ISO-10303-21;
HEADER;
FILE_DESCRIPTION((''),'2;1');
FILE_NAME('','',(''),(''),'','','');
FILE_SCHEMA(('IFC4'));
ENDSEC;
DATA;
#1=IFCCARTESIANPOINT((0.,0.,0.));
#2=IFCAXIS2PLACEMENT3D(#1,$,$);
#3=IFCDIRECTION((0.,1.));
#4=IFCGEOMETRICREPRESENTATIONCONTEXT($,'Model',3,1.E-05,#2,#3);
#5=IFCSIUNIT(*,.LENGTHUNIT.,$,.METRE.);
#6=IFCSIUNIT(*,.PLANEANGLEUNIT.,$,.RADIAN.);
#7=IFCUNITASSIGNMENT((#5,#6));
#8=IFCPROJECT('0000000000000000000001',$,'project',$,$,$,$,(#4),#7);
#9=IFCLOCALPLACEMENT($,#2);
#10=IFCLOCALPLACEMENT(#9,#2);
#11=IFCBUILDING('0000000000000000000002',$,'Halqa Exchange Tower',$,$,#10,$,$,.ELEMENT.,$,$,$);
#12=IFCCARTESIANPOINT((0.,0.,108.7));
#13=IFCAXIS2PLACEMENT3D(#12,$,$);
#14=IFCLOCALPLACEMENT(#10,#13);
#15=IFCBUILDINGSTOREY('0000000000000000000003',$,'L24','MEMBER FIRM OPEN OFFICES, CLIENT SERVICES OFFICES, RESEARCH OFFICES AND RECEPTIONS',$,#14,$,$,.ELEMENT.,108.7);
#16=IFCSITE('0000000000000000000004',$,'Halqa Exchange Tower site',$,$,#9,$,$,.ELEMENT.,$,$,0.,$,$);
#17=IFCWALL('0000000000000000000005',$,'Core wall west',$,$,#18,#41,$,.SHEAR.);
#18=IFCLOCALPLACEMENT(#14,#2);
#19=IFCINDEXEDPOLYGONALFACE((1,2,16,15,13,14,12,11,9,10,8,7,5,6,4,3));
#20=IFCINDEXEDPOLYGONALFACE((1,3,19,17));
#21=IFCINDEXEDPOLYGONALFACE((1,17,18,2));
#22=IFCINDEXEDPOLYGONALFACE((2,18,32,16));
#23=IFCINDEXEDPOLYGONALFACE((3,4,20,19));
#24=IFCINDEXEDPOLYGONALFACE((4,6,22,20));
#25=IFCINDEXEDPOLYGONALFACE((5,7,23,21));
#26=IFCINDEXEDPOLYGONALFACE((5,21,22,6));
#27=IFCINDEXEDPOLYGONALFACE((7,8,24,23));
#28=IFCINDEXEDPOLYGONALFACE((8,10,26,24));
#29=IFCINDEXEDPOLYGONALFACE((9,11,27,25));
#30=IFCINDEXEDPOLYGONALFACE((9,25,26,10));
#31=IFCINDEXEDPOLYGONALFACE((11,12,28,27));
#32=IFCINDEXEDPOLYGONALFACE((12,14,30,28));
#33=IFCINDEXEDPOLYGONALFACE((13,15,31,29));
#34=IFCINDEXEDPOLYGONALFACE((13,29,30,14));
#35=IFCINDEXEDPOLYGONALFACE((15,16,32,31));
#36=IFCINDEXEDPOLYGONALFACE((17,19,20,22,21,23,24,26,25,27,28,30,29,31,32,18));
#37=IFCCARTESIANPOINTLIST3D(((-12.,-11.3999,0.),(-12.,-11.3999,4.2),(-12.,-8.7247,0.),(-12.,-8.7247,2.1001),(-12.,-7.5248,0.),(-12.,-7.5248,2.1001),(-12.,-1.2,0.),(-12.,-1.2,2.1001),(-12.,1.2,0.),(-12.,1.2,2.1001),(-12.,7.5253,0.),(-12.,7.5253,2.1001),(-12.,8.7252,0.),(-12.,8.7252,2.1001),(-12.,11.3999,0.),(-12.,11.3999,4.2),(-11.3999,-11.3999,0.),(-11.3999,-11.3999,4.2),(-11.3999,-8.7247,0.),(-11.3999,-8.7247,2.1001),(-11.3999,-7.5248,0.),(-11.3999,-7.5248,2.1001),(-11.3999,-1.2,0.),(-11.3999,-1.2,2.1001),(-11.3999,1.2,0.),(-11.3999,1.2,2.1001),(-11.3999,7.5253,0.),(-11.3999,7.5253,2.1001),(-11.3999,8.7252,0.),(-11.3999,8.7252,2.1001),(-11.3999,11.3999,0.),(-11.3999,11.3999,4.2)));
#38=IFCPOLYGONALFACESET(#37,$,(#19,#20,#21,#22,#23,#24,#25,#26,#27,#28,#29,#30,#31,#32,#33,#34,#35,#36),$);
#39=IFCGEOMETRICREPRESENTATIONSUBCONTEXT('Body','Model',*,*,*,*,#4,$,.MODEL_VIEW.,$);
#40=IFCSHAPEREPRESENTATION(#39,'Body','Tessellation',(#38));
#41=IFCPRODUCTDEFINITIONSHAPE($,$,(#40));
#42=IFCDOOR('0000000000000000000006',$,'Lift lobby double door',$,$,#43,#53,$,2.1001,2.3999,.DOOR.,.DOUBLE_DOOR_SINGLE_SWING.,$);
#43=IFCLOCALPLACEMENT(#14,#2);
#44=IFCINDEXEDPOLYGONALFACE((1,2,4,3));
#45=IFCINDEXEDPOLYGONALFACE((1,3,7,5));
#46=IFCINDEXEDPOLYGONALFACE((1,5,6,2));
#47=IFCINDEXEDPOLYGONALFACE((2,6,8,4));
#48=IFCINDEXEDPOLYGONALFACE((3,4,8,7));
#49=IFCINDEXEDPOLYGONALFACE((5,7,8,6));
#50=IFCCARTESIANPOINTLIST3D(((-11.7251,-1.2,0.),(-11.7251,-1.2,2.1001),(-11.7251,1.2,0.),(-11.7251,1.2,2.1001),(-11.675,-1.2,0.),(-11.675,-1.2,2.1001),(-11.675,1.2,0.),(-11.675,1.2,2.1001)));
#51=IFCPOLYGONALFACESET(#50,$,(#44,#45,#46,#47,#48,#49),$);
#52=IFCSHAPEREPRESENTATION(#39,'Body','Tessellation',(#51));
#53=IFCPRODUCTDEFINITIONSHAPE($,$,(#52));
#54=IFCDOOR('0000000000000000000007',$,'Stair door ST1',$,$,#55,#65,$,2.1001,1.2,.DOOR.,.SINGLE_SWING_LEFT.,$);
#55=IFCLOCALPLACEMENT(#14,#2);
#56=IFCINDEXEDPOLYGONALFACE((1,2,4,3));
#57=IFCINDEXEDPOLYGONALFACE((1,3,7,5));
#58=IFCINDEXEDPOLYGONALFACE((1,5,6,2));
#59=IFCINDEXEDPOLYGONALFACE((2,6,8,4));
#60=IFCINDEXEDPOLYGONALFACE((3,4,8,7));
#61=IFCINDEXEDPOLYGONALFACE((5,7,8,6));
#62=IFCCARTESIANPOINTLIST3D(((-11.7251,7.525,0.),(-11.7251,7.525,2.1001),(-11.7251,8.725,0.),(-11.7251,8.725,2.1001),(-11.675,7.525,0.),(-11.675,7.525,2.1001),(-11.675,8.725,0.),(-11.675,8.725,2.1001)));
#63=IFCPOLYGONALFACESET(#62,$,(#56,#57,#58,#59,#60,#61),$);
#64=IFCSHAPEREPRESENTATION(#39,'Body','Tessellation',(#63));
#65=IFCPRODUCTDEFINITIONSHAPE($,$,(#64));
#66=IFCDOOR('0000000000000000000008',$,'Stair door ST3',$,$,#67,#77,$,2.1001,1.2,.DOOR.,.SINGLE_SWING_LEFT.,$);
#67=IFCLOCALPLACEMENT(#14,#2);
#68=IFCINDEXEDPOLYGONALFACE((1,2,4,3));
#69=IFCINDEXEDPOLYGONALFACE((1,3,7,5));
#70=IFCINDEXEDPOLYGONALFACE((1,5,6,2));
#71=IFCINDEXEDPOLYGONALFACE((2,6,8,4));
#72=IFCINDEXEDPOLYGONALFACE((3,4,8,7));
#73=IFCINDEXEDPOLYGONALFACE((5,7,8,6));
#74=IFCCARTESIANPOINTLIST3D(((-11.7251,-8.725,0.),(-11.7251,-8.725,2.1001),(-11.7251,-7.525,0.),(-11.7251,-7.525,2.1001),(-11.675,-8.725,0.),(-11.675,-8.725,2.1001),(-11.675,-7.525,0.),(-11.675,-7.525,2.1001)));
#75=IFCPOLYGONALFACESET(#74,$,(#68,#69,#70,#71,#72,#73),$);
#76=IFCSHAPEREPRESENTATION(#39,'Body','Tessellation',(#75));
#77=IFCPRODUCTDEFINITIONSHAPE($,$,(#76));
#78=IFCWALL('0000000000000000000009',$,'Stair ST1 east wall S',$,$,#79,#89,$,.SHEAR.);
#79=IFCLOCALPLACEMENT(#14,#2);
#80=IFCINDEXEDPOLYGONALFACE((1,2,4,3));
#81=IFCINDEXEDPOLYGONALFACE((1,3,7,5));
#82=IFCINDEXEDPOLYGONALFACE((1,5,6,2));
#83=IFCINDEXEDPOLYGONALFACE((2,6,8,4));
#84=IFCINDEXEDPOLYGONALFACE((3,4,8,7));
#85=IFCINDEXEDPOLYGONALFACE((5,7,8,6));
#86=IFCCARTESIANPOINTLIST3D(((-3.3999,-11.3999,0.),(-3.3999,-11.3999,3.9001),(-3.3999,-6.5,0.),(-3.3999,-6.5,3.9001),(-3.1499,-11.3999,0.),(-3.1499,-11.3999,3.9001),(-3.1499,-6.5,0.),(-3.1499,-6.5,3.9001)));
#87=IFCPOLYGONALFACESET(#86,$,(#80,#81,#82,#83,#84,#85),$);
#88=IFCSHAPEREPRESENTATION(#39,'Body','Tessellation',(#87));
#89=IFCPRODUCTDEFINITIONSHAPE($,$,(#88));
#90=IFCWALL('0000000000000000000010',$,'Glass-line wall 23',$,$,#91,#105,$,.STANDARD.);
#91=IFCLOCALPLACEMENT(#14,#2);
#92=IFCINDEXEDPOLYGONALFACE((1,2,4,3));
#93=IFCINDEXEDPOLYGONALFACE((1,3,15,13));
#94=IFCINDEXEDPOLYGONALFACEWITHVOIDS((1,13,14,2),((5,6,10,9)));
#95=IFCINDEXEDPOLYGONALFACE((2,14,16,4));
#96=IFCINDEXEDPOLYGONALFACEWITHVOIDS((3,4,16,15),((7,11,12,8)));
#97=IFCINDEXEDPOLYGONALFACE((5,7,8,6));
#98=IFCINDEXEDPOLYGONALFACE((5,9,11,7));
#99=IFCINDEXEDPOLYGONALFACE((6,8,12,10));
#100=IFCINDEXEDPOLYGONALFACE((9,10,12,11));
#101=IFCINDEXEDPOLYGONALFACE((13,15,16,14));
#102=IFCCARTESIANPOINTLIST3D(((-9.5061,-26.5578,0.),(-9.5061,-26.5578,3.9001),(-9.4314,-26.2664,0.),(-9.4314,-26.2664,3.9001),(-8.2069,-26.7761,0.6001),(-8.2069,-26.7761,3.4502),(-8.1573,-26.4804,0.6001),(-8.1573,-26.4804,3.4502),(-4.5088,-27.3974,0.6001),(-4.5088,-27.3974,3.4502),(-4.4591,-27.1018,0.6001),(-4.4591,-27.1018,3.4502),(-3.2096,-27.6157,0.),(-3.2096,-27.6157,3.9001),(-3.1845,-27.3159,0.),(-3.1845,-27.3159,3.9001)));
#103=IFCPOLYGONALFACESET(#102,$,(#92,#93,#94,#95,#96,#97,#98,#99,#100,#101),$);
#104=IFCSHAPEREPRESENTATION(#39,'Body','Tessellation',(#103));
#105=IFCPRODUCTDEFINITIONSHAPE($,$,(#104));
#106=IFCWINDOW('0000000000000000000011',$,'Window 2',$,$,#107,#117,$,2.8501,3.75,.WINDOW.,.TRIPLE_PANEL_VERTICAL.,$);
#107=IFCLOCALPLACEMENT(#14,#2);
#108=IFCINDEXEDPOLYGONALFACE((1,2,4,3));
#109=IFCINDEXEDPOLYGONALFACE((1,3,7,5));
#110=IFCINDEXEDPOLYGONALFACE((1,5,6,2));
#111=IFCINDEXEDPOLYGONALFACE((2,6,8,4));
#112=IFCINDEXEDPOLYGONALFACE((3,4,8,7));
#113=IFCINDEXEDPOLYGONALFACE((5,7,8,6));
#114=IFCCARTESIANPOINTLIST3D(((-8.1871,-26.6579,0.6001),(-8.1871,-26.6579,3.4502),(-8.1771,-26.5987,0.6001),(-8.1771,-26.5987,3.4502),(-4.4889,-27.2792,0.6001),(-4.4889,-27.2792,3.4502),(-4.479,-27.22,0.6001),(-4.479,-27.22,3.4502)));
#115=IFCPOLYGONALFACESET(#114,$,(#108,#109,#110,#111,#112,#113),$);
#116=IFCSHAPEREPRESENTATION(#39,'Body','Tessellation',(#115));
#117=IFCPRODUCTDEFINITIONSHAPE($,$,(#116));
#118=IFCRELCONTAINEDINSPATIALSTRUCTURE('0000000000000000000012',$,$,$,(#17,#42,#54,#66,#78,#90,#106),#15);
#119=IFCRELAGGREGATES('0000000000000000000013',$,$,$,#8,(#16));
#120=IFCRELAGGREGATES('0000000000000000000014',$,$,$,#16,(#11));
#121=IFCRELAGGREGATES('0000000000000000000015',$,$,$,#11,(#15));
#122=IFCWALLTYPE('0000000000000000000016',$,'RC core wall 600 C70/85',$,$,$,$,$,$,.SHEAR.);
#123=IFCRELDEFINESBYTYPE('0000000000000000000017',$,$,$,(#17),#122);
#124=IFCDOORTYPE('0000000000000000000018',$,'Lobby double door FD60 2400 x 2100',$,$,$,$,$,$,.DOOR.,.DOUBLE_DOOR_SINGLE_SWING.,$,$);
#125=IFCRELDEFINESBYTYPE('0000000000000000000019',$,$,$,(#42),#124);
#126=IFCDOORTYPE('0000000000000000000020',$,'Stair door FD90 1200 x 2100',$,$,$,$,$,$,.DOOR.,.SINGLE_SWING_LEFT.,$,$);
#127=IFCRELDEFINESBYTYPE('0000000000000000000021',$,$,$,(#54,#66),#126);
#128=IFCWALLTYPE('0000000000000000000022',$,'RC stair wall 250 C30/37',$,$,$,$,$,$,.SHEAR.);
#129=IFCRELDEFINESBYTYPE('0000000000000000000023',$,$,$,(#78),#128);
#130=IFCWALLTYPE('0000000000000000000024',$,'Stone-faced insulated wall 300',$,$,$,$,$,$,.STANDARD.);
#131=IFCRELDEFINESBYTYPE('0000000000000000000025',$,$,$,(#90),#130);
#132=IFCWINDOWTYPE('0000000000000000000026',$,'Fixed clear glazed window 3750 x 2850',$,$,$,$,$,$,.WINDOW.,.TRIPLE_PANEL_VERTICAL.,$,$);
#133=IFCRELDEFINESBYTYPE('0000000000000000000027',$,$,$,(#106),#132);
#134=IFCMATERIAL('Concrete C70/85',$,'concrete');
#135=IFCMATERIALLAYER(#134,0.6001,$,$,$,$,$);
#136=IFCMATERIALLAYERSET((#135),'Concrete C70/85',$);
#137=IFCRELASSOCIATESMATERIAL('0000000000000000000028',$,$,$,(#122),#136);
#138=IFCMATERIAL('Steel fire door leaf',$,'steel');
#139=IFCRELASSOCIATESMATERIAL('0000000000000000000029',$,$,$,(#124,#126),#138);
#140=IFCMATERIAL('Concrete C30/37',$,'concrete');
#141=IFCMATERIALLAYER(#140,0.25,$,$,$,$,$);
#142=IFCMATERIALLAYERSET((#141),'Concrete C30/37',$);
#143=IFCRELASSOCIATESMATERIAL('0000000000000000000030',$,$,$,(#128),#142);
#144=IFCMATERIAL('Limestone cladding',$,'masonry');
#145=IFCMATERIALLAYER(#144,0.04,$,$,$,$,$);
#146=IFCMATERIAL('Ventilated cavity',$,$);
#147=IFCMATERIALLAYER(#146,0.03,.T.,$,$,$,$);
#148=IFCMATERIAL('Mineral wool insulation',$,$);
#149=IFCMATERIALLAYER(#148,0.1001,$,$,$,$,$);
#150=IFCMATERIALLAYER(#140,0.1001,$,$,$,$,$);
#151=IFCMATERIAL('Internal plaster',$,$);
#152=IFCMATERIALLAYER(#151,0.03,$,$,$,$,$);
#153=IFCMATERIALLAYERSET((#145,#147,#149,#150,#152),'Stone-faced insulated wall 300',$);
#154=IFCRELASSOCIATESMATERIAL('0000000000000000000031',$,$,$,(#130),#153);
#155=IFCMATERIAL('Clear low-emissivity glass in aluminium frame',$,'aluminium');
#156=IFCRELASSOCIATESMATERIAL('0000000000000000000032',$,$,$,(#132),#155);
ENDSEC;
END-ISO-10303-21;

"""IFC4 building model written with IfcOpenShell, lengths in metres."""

from ifc_helpers import new_model, si_unit, direction, frame, frame_2d, origin, place, context, subcontext, project, spatial, polyline, rectangle, outline, extrude, material, layer, layer_set, type_object, element, fill, save


model = new_model("IFC4")

# Units and contexts
model_context = context("Model", 3, precision=1e-05, world=origin(), true_north=direction((0.0, 1.0)))
body_context = subcontext(model_context, "Body", "Model", "MODEL_VIEW")
ifc_project = project(units=[si_unit("LENGTHUNIT", "METRE"), si_unit("PLANEANGLEUNIT", "RADIAN")], contexts=[model_context])

# Site, building, storey
site_placement = place(None, origin())
site = spatial("IfcSite", under=ifc_project, at=site_placement, Name="Halqa Exchange Tower site", CompositionType="ELEMENT", RefElevation=0.0)
building_placement = place(site_placement, origin())
building = spatial("IfcBuilding", under=site, at=building_placement, Name="Halqa Exchange Tower", CompositionType="ELEMENT")
storey_placement = place(building_placement, frame((0.0, 0.0, 108.7)))
storey = spatial("IfcBuildingStorey", under=building, at=storey_placement, Name="L24", Description="MEMBER FIRM OPEN OFFICES, CLIENT SERVICES OFFICES, RESEARCH OFFICES AND RECEPTIONS", CompositionType="ELEMENT", Elevation=108.7)

# Shared definitions
ifc_material_1 = material(Name="Concrete C70/85", Category="concrete")

# Wall, openings, doors
ifc_layer_1 = layer(ifc_material_1, 0.6001)
ifc_layer_set_1 = layer_set([ifc_layer_1], Name="Concrete C70/85")
wall_type_1 = type_object("IfcWallType", Name="RC core wall 600 C70/85", PredefinedType="SHEAR", material=ifc_layer_set_1)
wall_1_placement = place(storey_placement, frame((-11.7, -11.3999, 0.0), z_axis=(0.0, 0.0, 1.0), x_axis=(0.0, 1.0, 0.0)))
wall_1 = element("IfcWall", 1, at=wall_1_placement, inside=storey, type_object=wall_type_1, Name="Core wall west", PredefinedType="SHEAR", context=body_context, shape_type="SweptSolid", body=[
    extrude(rectangle(XDim=22.7998, YDim=0.6001, at=frame_2d((11.3999, 0.0))), origin(), (0.0, 0.0, 1.0), 4.2),
])
opening_1_placement = place(wall_1_placement, frame((10.2, 0.0, 0.0)))
opening_1 = element("IfcOpeningElement", 2, at=opening_1_placement, cuts=wall_1, PredefinedType="OPENING", context=body_context, shape_type="SweptSolid", body=[
    extrude(rectangle(XDim=2.3999, YDim=2.1001, at=frame_2d((1.2, 1.05))), frame((0.0, 0.312, 0.0), z_axis=(0.0, -1.0, 0.0), x_axis=(1.0, 0.0, 0.0)), (0.0, 0.0, 1.0), 0.624),
])
opening_2_placement = place(wall_1_placement, frame((18.925, 0.0, 0.0)))
opening_2 = element("IfcOpeningElement", 3, at=opening_2_placement, cuts=wall_1, PredefinedType="OPENING", context=body_context, shape_type="SweptSolid", body=[
    extrude(rectangle(XDim=1.2, YDim=2.1001, at=frame_2d((0.6001, 1.05))), frame((0.0, 0.312, 0.0), z_axis=(0.0, -1.0, 0.0), x_axis=(1.0, 0.0, 0.0)), (0.0, 0.0, 1.0), 0.624),
])
opening_3_placement = place(wall_1_placement, frame((2.675, 0.0, 0.0)))
opening_3 = element("IfcOpeningElement", 4, at=opening_3_placement, cuts=wall_1, PredefinedType="OPENING", context=body_context, shape_type="SweptSolid", body=[
    extrude(rectangle(XDim=1.2, YDim=2.1001, at=frame_2d((0.6001, 1.05))), frame((0.0, 0.312, 0.0), z_axis=(0.0, -1.0, 0.0), x_axis=(1.0, 0.0, 0.0)), (0.0, 0.0, 1.0), 0.624),
])
ifc_material_2 = material(Name="Steel fire door leaf", Category="steel")
door_type_1 = type_object("IfcDoorType", Name="Lobby double door FD60 2400 x 2100", OperationType="DOUBLE_DOOR_SINGLE_SWING", PredefinedType="DOOR", material=ifc_material_2)
door_1_placement = place(opening_1_placement, frame((2.3999, 0.0, 0.0), z_axis=(0.0, 0.0, 1.0), x_axis=(-1.0, 0.0, 0.0)))
door_1 = element("IfcDoor", 5, at=door_1_placement, inside=storey, type_object=door_type_1, Name="Lift lobby double door", OperationType="DOUBLE_DOOR_SINGLE_SWING", OverallHeight=2.1001, OverallWidth=2.3999, PredefinedType="DOOR", context=body_context, shape_type="SweptSolid", body=[
    extrude(rectangle(XDim=2.3999, YDim=2.1001, at=frame_2d((1.2, 1.05))), frame((0.0, 0.0249, 0.0), z_axis=(0.0, -1.0, 0.0), x_axis=(1.0, 0.0, 0.0)), (0.0, 0.0, 1.0), 0.05),
])
fill(opening_1, door_1)
door_type_2 = type_object("IfcDoorType", Name="Stair door FD90 1200 x 2100", OperationType="SINGLE_SWING_LEFT", PredefinedType="DOOR", material=ifc_material_2)
door_2_placement = place(opening_2_placement, frame((1.2, 0.0, 0.0), z_axis=(0.0, 0.0, 1.0), x_axis=(-1.0, 0.0, 0.0)))
door_2 = element("IfcDoor", 6, at=door_2_placement, inside=storey, type_object=door_type_2, Name="Stair door ST1", OperationType="SINGLE_SWING_LEFT", OverallHeight=2.1001, OverallWidth=1.2, PredefinedType="DOOR", context=body_context, shape_type="SweptSolid", body=[
    extrude(rectangle(XDim=1.2, YDim=2.1001, at=frame_2d((0.6001, 1.05))), frame((0.0, 0.0249, 0.0), z_axis=(0.0, -1.0, 0.0), x_axis=(1.0, 0.0, 0.0)), (0.0, 0.0, 1.0), 0.05),
])
fill(opening_2, door_2)
door_3_placement = place(opening_3_placement, frame((1.2, 0.0, 0.0), z_axis=(0.0, 0.0, 1.0), x_axis=(-1.0, 0.0, 0.0)))
door_3 = element("IfcDoor", 7, at=door_3_placement, inside=storey, type_object=door_type_2, Name="Stair door ST3", OperationType="SINGLE_SWING_LEFT", OverallHeight=2.1001, OverallWidth=1.2, PredefinedType="DOOR", context=body_context, shape_type="SweptSolid", body=[
    extrude(rectangle(XDim=1.2, YDim=2.1001, at=frame_2d((0.6001, 1.05))), frame((0.0, 0.0249, 0.0), z_axis=(0.0, -1.0, 0.0), x_axis=(1.0, 0.0, 0.0)), (0.0, 0.0, 1.0), 0.05),
])
fill(opening_3, door_3)

# Wall
ifc_material_3 = material(Name="Concrete C30/37", Category="concrete")
ifc_layer_2 = layer(ifc_material_3, 0.25)
ifc_layer_set_2 = layer_set([ifc_layer_2], Name="Concrete C30/37")
wall_type_2 = type_object("IfcWallType", Name="RC stair wall 250 C30/37", PredefinedType="SHEAR", material=ifc_layer_set_2)
wall_2_placement = place(storey_placement, frame((-3.2749, -11.3999, 0.0), z_axis=(0.0, 0.0, 1.0), x_axis=(0.0, 1.0, 0.0)))
element("IfcWall", 8, at=wall_2_placement, inside=storey, type_object=wall_type_2, Name="Stair ST1 east wall S", PredefinedType="SHEAR", context=body_context, shape_type="SweptSolid", body=[
    extrude(rectangle(XDim=4.8999, YDim=0.25, at=frame_2d((2.45, 0.0))), origin(), (0.0, 0.0, 1.0), 3.9001),
])

# Wall, opening, window
ifc_material_4 = material(Name="Limestone cladding", Category="masonry")
ifc_layer_3 = layer(ifc_material_4, 0.04)
ifc_material_5 = material(Name="Ventilated cavity")
ifc_layer_4 = layer(ifc_material_5, 0.03, ventilated=True)
ifc_material_6 = material(Name="Mineral wool insulation")
ifc_layer_5 = layer(ifc_material_6, 0.1001)
ifc_layer_6 = layer(ifc_material_3, 0.1001)
ifc_material_7 = material(Name="Internal plaster")
ifc_layer_7 = layer(ifc_material_7, 0.03)
ifc_layer_set_3 = layer_set([ifc_layer_3, ifc_layer_4, ifc_layer_5, ifc_layer_6, ifc_layer_7], Name="Stone-faced insulated wall 300")
wall_type_3 = type_object("IfcWallType", Name="Stone-faced insulated wall 300", PredefinedType="STANDARD", material=ifc_layer_set_3)
wall_3_placement = place(storey_placement, frame((-9.4688, -26.4121, 0.0), z_axis=(0.0, 0.0, 1.0), x_axis=(0.986178, -0.165687, 0.0)))
wall_3 = element("IfcWall", 9, at=wall_3_placement, inside=storey, type_object=wall_type_3, Name="Glass-line wall 23", PredefinedType="STANDARD", context=body_context, shape_type="SweptSolid", body=[
    extrude(outline(polyline([(-0.0127, -0.1499), (6.3721, -0.1499), (6.3472, 0.1499), (0.0127, 0.1499), (-0.0127, -0.1499)])), origin(), (0.0, 0.0, 1.0), 3.9001),
])
opening_4_placement = place(wall_3_placement, frame((1.3047, 0.0, 0.6001)))
opening_4 = element("IfcOpeningElement", 10, at=opening_4_placement, cuts=wall_3, PredefinedType="OPENING", context=body_context, shape_type="SweptSolid", body=[
    extrude(rectangle(XDim=3.75, YDim=2.8501, at=frame_2d((1.875, 1.425))), frame((0.0, 0.1621, 0.0), z_axis=(0.0, -1.0, 0.0), x_axis=(1.0, 0.0, 0.0)), (0.0, 0.0, 1.0), 0.324),
])
ifc_material_8 = material(Name="Clear low-emissivity glass in aluminium frame", Category="aluminium")
window_type = type_object("IfcWindowType", Name="Fixed clear glazed window 3750 x 2850", PartitioningType="TRIPLE_PANEL_VERTICAL", PredefinedType="WINDOW", material=ifc_material_8)
window_placement = place(opening_4_placement, origin())
window = element("IfcWindow", 11, at=window_placement, inside=storey, type_object=window_type, Name="Window 2", OverallHeight=2.8501, OverallWidth=3.75, PartitioningType="TRIPLE_PANEL_VERTICAL", PredefinedType="WINDOW", context=body_context, shape_type="SweptSolid", body=[
    extrude(rectangle(XDim=3.75, YDim=2.8501, at=frame_2d((1.875, 1.425))), frame((0.0, 0.03, 0.0), z_axis=(0.0, -1.0, 0.0), x_axis=(1.0, 0.0, 0.0)), (0.0, 0.0, 1.0), 0.0601),
])
fill(opening_4, window)

save(model, "model.ifc")
